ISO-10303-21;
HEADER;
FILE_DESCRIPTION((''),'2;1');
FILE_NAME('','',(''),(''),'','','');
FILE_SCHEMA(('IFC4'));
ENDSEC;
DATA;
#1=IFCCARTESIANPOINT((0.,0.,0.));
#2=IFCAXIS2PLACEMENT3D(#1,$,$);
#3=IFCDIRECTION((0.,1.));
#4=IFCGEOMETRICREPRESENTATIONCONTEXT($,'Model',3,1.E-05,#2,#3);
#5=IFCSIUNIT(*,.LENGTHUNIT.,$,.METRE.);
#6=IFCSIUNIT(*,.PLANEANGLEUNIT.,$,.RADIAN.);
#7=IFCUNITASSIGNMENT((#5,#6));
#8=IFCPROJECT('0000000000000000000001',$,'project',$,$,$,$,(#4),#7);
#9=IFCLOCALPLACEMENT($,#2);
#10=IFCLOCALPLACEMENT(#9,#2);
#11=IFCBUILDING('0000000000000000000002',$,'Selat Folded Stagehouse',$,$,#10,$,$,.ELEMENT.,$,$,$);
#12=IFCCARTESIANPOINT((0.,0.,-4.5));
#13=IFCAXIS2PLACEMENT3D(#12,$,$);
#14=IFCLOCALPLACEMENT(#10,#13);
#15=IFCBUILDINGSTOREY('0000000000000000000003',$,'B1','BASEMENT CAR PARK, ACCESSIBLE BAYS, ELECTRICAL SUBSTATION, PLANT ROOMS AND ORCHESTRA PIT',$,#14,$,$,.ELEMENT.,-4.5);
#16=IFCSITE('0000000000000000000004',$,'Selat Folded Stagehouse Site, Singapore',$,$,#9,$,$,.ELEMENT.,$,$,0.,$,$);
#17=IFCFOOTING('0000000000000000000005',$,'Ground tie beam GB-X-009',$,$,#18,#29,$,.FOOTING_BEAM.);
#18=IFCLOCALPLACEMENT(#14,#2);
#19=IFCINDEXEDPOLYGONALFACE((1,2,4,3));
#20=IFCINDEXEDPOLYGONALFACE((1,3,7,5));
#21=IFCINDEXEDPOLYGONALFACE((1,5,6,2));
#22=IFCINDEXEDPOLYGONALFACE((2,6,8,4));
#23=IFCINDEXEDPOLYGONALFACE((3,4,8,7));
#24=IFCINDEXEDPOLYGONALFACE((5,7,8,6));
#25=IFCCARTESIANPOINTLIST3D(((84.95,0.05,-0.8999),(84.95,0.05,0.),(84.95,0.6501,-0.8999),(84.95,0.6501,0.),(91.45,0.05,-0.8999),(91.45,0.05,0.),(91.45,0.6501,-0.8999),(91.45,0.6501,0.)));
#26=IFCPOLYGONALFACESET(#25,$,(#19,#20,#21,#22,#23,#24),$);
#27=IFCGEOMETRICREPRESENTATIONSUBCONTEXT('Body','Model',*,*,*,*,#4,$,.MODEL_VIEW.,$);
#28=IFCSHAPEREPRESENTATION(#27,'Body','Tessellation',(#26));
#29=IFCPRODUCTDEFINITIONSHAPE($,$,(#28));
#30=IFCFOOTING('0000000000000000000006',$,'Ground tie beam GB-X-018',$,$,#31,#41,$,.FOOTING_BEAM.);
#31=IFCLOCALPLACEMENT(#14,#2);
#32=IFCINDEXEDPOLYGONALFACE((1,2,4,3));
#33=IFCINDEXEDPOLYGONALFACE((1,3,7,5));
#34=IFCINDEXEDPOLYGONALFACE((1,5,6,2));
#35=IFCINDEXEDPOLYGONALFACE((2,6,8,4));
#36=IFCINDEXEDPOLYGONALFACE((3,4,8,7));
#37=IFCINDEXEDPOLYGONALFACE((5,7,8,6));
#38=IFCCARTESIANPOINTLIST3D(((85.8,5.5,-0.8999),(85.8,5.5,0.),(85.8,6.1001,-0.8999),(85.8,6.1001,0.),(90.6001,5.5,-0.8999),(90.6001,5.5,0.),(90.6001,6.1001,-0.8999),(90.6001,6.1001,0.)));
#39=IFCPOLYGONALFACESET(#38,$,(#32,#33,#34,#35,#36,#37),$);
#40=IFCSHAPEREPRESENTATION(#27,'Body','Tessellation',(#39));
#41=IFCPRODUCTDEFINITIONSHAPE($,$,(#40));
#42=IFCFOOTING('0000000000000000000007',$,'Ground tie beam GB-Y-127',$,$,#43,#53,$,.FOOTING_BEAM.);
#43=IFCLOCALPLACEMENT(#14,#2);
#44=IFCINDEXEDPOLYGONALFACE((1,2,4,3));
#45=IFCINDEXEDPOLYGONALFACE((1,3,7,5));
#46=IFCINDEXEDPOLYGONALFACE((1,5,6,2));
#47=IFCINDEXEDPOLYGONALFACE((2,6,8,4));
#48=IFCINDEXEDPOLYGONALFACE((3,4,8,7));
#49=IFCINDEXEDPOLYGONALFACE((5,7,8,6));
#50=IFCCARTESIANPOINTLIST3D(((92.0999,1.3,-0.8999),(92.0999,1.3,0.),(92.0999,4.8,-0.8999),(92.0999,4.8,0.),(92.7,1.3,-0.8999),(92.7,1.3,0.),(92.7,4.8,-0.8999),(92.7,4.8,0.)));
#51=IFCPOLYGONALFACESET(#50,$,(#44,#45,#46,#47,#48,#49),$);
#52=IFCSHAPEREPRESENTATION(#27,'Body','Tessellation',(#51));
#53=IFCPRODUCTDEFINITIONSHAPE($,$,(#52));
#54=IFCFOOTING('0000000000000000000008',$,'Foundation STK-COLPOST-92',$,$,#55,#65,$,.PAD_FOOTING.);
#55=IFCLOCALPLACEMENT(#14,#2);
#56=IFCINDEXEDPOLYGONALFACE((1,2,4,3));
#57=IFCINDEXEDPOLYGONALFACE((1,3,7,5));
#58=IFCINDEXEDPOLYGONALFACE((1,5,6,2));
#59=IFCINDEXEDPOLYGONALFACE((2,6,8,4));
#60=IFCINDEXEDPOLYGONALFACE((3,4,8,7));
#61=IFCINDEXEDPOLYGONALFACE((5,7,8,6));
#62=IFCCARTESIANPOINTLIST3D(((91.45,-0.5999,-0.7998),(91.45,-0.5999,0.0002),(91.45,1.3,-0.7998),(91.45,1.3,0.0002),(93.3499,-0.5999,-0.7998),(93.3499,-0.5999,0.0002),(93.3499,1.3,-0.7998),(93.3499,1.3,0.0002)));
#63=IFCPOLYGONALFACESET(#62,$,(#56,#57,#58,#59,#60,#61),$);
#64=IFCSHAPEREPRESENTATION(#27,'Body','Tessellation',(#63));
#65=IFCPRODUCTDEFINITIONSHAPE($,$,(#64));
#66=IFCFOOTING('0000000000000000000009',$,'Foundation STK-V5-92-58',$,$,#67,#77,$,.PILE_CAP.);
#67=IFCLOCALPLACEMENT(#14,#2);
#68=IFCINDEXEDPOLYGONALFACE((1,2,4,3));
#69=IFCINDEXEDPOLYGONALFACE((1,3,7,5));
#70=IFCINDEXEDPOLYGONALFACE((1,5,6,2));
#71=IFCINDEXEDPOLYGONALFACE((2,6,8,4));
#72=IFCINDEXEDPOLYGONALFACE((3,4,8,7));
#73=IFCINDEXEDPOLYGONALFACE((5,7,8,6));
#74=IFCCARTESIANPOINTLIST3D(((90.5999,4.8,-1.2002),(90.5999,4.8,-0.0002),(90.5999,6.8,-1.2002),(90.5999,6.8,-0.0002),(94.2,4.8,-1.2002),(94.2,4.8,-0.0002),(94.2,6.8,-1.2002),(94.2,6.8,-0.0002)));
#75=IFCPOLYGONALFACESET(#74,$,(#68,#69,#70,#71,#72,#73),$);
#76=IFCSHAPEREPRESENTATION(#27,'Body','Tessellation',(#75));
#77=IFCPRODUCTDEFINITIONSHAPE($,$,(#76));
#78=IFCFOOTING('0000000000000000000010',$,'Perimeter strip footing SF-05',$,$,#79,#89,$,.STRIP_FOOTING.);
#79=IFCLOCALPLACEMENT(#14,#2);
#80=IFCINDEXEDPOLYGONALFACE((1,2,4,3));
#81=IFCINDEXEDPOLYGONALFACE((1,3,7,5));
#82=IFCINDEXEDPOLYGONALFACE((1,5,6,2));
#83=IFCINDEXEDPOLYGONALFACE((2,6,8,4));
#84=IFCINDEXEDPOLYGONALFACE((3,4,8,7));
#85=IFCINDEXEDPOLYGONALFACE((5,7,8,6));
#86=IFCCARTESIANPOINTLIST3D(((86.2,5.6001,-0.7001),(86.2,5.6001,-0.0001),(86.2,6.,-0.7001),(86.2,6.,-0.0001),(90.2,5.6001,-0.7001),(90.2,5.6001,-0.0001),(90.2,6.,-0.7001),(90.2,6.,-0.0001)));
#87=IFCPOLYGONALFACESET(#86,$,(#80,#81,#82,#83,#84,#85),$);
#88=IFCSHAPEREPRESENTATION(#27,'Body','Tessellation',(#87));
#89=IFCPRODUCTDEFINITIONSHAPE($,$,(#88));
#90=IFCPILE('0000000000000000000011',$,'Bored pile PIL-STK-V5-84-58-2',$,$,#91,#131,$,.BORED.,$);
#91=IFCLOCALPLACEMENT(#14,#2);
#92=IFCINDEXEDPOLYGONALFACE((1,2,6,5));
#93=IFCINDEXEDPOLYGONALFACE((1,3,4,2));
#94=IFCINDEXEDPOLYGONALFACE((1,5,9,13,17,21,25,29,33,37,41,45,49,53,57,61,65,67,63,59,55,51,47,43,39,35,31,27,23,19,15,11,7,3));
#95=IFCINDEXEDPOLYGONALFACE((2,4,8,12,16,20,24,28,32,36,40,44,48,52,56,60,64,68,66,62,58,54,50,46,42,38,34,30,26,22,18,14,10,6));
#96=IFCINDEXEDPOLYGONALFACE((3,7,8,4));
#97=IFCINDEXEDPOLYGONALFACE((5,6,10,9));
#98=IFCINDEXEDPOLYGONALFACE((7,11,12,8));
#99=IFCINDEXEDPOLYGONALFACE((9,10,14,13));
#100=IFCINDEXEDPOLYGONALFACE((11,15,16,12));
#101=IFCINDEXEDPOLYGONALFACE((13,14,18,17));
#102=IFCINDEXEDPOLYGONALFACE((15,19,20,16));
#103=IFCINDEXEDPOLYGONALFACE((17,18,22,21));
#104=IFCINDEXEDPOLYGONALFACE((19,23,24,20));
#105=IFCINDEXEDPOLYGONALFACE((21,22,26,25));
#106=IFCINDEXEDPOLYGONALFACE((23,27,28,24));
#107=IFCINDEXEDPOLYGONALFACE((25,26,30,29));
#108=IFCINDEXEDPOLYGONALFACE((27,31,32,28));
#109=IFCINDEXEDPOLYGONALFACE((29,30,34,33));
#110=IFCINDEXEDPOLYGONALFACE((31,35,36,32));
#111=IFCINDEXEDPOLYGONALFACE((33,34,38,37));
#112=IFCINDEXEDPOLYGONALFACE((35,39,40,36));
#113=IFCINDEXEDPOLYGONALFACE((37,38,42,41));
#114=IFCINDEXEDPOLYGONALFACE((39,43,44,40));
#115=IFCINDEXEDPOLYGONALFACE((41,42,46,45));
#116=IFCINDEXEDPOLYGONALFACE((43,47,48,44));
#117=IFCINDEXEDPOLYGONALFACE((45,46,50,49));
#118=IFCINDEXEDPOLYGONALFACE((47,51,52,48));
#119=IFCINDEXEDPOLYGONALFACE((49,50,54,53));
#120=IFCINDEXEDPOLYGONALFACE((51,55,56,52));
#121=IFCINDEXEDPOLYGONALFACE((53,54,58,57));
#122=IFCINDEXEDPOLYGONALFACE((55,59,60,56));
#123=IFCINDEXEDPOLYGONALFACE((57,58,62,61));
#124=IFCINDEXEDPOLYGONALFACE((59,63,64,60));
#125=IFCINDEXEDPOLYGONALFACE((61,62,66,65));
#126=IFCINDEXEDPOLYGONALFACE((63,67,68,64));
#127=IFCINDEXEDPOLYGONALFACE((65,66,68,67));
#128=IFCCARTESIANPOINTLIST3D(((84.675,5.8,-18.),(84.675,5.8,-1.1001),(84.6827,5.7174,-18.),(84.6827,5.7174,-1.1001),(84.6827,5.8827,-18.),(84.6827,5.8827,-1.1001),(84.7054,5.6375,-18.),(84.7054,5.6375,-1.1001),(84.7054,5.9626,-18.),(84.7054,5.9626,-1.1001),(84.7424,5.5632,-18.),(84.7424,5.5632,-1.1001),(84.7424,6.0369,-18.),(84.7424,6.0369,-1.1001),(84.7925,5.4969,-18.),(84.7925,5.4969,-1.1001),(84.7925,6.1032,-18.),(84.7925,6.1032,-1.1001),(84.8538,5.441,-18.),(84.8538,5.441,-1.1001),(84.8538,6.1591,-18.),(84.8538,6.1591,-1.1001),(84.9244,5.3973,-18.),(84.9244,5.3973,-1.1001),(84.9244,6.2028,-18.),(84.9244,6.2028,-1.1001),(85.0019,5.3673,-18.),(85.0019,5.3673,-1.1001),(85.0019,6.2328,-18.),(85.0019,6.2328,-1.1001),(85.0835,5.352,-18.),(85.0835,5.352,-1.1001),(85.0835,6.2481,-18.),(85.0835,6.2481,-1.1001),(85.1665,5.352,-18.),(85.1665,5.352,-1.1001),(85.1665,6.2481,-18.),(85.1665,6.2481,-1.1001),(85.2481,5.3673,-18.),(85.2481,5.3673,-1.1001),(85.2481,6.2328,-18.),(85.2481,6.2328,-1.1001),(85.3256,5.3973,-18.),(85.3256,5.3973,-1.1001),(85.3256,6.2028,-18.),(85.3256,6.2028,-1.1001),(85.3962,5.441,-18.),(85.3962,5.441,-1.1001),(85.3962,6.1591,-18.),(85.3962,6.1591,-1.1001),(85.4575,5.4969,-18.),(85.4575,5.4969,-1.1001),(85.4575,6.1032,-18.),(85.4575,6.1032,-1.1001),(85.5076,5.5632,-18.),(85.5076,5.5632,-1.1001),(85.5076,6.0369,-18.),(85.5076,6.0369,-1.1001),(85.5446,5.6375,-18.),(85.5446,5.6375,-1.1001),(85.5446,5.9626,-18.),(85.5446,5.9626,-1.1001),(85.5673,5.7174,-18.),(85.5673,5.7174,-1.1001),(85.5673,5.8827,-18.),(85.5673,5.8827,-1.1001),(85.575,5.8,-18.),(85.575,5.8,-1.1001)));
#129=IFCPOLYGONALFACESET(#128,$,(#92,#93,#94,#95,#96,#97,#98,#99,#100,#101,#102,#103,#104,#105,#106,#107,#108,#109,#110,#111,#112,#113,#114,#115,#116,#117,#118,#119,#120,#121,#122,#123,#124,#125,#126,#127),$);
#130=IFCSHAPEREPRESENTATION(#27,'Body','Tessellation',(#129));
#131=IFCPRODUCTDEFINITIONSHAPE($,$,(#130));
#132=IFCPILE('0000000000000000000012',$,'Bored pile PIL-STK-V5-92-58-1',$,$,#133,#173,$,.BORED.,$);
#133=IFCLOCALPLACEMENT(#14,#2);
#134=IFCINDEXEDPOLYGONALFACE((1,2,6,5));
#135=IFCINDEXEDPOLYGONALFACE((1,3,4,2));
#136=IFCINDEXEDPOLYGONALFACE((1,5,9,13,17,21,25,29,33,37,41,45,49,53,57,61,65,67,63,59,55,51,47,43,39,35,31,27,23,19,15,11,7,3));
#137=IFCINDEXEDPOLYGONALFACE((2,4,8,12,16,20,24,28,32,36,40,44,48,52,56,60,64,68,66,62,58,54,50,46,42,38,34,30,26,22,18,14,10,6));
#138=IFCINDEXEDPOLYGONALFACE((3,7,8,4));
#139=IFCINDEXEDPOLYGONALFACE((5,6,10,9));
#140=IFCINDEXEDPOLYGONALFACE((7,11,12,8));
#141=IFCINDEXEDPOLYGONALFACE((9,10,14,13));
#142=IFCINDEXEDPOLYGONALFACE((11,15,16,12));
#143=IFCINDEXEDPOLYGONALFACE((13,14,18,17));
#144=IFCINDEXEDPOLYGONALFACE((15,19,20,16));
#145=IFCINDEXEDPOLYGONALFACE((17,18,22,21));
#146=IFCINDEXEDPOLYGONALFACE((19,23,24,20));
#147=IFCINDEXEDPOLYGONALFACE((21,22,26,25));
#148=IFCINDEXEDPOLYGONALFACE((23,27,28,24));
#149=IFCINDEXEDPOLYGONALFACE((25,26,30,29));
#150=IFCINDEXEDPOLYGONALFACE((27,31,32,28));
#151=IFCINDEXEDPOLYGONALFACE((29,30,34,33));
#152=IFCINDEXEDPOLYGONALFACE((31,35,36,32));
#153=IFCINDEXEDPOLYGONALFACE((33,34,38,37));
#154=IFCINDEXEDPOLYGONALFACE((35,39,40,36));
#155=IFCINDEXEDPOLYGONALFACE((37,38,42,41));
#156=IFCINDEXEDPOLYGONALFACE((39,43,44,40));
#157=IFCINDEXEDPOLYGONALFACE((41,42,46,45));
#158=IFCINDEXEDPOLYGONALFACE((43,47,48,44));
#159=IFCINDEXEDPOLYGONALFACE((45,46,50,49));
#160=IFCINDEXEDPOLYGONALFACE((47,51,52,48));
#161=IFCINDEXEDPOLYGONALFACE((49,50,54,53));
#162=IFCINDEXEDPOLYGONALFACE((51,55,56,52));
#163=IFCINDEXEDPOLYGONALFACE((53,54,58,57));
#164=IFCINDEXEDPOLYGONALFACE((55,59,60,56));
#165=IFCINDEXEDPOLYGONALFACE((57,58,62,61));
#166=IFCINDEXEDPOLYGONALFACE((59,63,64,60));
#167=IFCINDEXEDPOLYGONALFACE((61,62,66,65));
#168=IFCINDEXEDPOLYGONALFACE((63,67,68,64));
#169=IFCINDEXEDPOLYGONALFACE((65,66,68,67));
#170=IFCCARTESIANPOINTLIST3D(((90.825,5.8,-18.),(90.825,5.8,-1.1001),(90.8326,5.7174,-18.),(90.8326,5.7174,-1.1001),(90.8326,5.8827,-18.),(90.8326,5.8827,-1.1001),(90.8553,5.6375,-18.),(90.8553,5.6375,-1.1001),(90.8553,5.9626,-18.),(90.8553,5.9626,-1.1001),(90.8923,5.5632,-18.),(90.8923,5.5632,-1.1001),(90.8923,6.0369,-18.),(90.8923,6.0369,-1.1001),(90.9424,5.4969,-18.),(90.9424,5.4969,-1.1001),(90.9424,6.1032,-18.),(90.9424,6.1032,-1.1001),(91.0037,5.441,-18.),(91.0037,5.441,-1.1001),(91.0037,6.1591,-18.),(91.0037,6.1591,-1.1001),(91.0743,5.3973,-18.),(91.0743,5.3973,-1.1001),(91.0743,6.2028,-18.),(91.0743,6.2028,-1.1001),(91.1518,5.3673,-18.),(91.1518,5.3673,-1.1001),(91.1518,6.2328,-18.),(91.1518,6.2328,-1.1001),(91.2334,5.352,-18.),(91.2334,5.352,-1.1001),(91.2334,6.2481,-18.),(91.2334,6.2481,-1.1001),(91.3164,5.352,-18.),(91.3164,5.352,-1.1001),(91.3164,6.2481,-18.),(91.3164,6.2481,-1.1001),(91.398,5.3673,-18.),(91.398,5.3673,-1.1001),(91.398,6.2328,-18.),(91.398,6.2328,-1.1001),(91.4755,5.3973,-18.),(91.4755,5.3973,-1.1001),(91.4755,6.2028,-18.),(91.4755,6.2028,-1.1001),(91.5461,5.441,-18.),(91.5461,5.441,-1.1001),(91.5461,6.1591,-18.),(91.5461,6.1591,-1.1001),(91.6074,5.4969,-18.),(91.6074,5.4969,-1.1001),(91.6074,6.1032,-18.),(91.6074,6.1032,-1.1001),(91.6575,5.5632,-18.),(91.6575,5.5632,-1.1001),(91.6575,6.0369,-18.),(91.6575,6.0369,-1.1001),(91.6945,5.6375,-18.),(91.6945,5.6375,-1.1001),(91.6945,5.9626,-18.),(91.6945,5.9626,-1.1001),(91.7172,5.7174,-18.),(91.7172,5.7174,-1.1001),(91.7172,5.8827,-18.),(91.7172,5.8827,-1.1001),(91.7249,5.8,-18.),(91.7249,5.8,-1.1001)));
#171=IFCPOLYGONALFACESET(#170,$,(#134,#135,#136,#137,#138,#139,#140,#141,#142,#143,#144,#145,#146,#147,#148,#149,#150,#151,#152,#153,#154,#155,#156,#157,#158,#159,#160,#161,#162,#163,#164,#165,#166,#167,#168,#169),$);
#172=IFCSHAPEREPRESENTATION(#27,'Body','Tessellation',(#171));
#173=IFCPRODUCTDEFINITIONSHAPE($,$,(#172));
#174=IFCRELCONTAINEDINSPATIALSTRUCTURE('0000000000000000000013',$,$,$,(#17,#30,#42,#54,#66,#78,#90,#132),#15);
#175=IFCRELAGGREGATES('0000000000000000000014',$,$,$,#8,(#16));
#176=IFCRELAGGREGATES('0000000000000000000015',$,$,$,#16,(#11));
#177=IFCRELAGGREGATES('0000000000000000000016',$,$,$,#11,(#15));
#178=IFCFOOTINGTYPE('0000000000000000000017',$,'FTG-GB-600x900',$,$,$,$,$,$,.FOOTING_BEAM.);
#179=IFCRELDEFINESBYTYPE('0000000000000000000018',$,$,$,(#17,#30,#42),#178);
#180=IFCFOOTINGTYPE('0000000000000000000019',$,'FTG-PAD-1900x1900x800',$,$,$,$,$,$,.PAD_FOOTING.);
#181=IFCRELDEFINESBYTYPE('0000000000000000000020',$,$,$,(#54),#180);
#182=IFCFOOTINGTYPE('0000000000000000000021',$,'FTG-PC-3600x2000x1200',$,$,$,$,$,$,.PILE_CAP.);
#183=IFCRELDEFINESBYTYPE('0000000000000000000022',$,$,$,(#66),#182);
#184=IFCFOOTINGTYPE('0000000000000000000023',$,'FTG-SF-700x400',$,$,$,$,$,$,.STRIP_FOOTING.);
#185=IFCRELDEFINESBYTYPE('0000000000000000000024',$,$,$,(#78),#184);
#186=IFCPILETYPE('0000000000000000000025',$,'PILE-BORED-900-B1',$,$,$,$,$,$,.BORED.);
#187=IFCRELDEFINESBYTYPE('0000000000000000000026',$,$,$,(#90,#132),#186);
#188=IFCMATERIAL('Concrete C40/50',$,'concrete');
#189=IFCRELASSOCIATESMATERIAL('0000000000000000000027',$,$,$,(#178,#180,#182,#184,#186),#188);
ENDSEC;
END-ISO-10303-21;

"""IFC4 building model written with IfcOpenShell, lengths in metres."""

from ifc_helpers import new_model, si_unit, direction, frame, origin, origin_2d, place, context, subcontext, project, spatial, rectangle, circle, extrude, material, material_profile, profile_set, type_object, element, save


model = new_model("IFC4")

# Units and contexts
model_context = context("Model", 3, precision=1e-05, world=origin(), true_north=direction((0.0, 1.0)))
body_context = subcontext(model_context, "Body", "Model", "MODEL_VIEW")
ifc_project = project(units=[si_unit("LENGTHUNIT", "METRE"), si_unit("PLANEANGLEUNIT", "RADIAN")], contexts=[model_context])

# Site, building, storey
site_placement = place(None, origin())
site = spatial("IfcSite", under=ifc_project, at=site_placement, Name="Selat Folded Stagehouse Site, Singapore", CompositionType="ELEMENT", RefElevation=0.0)
building_placement = place(site_placement, origin())
building = spatial("IfcBuilding", under=site, at=building_placement, Name="Selat Folded Stagehouse", CompositionType="ELEMENT")
storey_placement = place(building_placement, frame((0.0, 0.0, -4.5)))
storey = spatial("IfcBuildingStorey", under=building, at=storey_placement, Name="B1", Description="BASEMENT CAR PARK, ACCESSIBLE BAYS, ELECTRICAL SUBSTATION, PLANT ROOMS AND ORCHESTRA PIT", CompositionType="ELEMENT", Elevation=-4.5)

# Footings
ifc_material_1 = material(Name="Concrete C40/50", Category="concrete")
ifc_material_profile_1 = material_profile(ifc_material_1, rectangle(XDim=0.6001, YDim=0.8999, at=origin_2d()), Name="RC 900x600")
ifc_profile_set_1 = profile_set([ifc_material_profile_1], Name="Concrete C40/50")
footing_type_1 = type_object("IfcFootingType", Name="FTG-GB-600x900", PredefinedType="FOOTING_BEAM", material=ifc_profile_set_1)
footing_1_placement = place(storey_placement, frame((84.95, 0.3501, -0.45), z_axis=(1.0, 0.0, 0.0), x_axis=(0.0, 1.0, 0.0)))
element("IfcFooting", 1, at=footing_1_placement, inside=storey, type_object=footing_type_1, Name="Ground tie beam GB-X-009", PredefinedType="FOOTING_BEAM", context=body_context, shape_type="SweptSolid", body=[
    extrude(rectangle(XDim=0.6001, YDim=0.8999, at=origin_2d()), origin(), (0.0, 0.0, 1.0), 6.5),
])
footing_2_placement = place(storey_placement, frame((85.8, 5.8, -0.45), z_axis=(1.0, 0.0, 0.0), x_axis=(0.0, 1.0, 0.0)))
element("IfcFooting", 2, at=footing_2_placement, inside=storey, type_object=footing_type_1, Name="Ground tie beam GB-X-018", PredefinedType="FOOTING_BEAM", context=body_context, shape_type="SweptSolid", body=[
    extrude(rectangle(XDim=0.6001, YDim=0.8999, at=origin_2d()), origin(), (0.0, 0.0, 1.0), 4.8),
])
footing_3_placement = place(storey_placement, frame((92.3999, 1.3, -0.45), z_axis=(0.0, 1.0, 0.0), x_axis=(-1.0, 0.0, 0.0)))
element("IfcFooting", 3, at=footing_3_placement, inside=storey, type_object=footing_type_1, Name="Ground tie beam GB-Y-127", PredefinedType="FOOTING_BEAM", context=body_context, shape_type="SweptSolid", body=[
    extrude(rectangle(XDim=0.6001, YDim=0.8999, at=origin_2d()), origin(), (0.0, 0.0, 1.0), 3.5),
])
footing_type_2 = type_object("IfcFootingType", Name="FTG-PAD-1900x1900x800", PredefinedType="PAD_FOOTING", material=ifc_material_1)
footing_4_placement = place(storey_placement, frame((92.3999, 0.3501, -0.7998), z_axis=(0.0, 0.0, 1.0), x_axis=(1.0, 0.0, 0.0)))
element("IfcFooting", 4, at=footing_4_placement, inside=storey, type_object=footing_type_2, Name="Foundation STK-COLPOST-92", PredefinedType="PAD_FOOTING", context=body_context, shape_type="SweptSolid", body=[
    extrude(rectangle(XDim=1.8999, YDim=1.8999, at=origin_2d()), origin(), (0.0, 0.0, 1.0), 0.8),
])
footing_type_3 = type_object("IfcFootingType", Name="FTG-PC-3600x2000x1200", PredefinedType="PILE_CAP", material=ifc_material_1)
footing_5_placement = place(storey_placement, frame((92.3999, 5.8, -1.2002), z_axis=(0.0, 0.0, 1.0), x_axis=(1.0, 0.0, 0.0)))
element("IfcFooting", 5, at=footing_5_placement, inside=storey, type_object=footing_type_3, Name="Foundation STK-V5-92-58", PredefinedType="PILE_CAP", context=body_context, shape_type="SweptSolid", body=[
    extrude(rectangle(XDim=3.6001, YDim=2.0, at=origin_2d()), origin(), (0.0, 0.0, 1.0), 1.2),
])
ifc_material_profile_2 = material_profile(ifc_material_1, rectangle(XDim=0.3999, YDim=0.7, at=origin_2d()), Name="RC 700x400")
ifc_profile_set_2 = profile_set([ifc_material_profile_2], Name="Concrete C40/50")
footing_type_4 = type_object("IfcFootingType", Name="FTG-SF-700x400", PredefinedType="STRIP_FOOTING", material=ifc_profile_set_2)
footing_6_placement = place(storey_placement, frame((86.2, 5.8, -0.3501), z_axis=(1.0, 0.0, 0.0), x_axis=(0.0, 1.0, 0.0)))
element("IfcFooting", 6, at=footing_6_placement, inside=storey, type_object=footing_type_4, Name="Perimeter strip footing SF-05", PredefinedType="STRIP_FOOTING", context=body_context, shape_type="SweptSolid", body=[
    extrude(rectangle(XDim=0.3999, YDim=0.7, at=origin_2d()), origin(), (0.0, 0.0, 1.0), 4.0),
])

# Piles
ifc_material_profile_3 = material_profile(ifc_material_1, circle(Radius=0.45, at=origin_2d()), Name="PILE D900")
ifc_profile_set_3 = profile_set([ifc_material_profile_3], Name="Concrete C40/50")
pile_type = type_object("IfcPileType", Name="PILE-BORED-900-B1", PredefinedType="BORED", material=ifc_profile_set_3)
for number, where, z_axis, x_axis, name in (
    (7, (85.125, 5.8, -1.1001), (0.0, 0.0, -1.0), (1.0, 0.0, 0.0), "Bored pile PIL-STK-V5-84-58-2"),
    (8, (91.2749, 5.8, -1.1001), (0.0, 0.0, -1.0), (1.0, 0.0, 0.0), "Bored pile PIL-STK-V5-92-58-1"),
):
    element("IfcPile", number, at=place(storey_placement, frame(where, z_axis=z_axis, x_axis=x_axis)), inside=storey, type_object=pile_type, Name=name, PredefinedType="BORED", context=body_context, shape_type="SweptSolid", body=[
        extrude(circle(Radius=0.45, at=origin_2d()), origin(), (0.0, 0.0, 1.0), 16.8999),
    ])

save(model, "model.ifc")
